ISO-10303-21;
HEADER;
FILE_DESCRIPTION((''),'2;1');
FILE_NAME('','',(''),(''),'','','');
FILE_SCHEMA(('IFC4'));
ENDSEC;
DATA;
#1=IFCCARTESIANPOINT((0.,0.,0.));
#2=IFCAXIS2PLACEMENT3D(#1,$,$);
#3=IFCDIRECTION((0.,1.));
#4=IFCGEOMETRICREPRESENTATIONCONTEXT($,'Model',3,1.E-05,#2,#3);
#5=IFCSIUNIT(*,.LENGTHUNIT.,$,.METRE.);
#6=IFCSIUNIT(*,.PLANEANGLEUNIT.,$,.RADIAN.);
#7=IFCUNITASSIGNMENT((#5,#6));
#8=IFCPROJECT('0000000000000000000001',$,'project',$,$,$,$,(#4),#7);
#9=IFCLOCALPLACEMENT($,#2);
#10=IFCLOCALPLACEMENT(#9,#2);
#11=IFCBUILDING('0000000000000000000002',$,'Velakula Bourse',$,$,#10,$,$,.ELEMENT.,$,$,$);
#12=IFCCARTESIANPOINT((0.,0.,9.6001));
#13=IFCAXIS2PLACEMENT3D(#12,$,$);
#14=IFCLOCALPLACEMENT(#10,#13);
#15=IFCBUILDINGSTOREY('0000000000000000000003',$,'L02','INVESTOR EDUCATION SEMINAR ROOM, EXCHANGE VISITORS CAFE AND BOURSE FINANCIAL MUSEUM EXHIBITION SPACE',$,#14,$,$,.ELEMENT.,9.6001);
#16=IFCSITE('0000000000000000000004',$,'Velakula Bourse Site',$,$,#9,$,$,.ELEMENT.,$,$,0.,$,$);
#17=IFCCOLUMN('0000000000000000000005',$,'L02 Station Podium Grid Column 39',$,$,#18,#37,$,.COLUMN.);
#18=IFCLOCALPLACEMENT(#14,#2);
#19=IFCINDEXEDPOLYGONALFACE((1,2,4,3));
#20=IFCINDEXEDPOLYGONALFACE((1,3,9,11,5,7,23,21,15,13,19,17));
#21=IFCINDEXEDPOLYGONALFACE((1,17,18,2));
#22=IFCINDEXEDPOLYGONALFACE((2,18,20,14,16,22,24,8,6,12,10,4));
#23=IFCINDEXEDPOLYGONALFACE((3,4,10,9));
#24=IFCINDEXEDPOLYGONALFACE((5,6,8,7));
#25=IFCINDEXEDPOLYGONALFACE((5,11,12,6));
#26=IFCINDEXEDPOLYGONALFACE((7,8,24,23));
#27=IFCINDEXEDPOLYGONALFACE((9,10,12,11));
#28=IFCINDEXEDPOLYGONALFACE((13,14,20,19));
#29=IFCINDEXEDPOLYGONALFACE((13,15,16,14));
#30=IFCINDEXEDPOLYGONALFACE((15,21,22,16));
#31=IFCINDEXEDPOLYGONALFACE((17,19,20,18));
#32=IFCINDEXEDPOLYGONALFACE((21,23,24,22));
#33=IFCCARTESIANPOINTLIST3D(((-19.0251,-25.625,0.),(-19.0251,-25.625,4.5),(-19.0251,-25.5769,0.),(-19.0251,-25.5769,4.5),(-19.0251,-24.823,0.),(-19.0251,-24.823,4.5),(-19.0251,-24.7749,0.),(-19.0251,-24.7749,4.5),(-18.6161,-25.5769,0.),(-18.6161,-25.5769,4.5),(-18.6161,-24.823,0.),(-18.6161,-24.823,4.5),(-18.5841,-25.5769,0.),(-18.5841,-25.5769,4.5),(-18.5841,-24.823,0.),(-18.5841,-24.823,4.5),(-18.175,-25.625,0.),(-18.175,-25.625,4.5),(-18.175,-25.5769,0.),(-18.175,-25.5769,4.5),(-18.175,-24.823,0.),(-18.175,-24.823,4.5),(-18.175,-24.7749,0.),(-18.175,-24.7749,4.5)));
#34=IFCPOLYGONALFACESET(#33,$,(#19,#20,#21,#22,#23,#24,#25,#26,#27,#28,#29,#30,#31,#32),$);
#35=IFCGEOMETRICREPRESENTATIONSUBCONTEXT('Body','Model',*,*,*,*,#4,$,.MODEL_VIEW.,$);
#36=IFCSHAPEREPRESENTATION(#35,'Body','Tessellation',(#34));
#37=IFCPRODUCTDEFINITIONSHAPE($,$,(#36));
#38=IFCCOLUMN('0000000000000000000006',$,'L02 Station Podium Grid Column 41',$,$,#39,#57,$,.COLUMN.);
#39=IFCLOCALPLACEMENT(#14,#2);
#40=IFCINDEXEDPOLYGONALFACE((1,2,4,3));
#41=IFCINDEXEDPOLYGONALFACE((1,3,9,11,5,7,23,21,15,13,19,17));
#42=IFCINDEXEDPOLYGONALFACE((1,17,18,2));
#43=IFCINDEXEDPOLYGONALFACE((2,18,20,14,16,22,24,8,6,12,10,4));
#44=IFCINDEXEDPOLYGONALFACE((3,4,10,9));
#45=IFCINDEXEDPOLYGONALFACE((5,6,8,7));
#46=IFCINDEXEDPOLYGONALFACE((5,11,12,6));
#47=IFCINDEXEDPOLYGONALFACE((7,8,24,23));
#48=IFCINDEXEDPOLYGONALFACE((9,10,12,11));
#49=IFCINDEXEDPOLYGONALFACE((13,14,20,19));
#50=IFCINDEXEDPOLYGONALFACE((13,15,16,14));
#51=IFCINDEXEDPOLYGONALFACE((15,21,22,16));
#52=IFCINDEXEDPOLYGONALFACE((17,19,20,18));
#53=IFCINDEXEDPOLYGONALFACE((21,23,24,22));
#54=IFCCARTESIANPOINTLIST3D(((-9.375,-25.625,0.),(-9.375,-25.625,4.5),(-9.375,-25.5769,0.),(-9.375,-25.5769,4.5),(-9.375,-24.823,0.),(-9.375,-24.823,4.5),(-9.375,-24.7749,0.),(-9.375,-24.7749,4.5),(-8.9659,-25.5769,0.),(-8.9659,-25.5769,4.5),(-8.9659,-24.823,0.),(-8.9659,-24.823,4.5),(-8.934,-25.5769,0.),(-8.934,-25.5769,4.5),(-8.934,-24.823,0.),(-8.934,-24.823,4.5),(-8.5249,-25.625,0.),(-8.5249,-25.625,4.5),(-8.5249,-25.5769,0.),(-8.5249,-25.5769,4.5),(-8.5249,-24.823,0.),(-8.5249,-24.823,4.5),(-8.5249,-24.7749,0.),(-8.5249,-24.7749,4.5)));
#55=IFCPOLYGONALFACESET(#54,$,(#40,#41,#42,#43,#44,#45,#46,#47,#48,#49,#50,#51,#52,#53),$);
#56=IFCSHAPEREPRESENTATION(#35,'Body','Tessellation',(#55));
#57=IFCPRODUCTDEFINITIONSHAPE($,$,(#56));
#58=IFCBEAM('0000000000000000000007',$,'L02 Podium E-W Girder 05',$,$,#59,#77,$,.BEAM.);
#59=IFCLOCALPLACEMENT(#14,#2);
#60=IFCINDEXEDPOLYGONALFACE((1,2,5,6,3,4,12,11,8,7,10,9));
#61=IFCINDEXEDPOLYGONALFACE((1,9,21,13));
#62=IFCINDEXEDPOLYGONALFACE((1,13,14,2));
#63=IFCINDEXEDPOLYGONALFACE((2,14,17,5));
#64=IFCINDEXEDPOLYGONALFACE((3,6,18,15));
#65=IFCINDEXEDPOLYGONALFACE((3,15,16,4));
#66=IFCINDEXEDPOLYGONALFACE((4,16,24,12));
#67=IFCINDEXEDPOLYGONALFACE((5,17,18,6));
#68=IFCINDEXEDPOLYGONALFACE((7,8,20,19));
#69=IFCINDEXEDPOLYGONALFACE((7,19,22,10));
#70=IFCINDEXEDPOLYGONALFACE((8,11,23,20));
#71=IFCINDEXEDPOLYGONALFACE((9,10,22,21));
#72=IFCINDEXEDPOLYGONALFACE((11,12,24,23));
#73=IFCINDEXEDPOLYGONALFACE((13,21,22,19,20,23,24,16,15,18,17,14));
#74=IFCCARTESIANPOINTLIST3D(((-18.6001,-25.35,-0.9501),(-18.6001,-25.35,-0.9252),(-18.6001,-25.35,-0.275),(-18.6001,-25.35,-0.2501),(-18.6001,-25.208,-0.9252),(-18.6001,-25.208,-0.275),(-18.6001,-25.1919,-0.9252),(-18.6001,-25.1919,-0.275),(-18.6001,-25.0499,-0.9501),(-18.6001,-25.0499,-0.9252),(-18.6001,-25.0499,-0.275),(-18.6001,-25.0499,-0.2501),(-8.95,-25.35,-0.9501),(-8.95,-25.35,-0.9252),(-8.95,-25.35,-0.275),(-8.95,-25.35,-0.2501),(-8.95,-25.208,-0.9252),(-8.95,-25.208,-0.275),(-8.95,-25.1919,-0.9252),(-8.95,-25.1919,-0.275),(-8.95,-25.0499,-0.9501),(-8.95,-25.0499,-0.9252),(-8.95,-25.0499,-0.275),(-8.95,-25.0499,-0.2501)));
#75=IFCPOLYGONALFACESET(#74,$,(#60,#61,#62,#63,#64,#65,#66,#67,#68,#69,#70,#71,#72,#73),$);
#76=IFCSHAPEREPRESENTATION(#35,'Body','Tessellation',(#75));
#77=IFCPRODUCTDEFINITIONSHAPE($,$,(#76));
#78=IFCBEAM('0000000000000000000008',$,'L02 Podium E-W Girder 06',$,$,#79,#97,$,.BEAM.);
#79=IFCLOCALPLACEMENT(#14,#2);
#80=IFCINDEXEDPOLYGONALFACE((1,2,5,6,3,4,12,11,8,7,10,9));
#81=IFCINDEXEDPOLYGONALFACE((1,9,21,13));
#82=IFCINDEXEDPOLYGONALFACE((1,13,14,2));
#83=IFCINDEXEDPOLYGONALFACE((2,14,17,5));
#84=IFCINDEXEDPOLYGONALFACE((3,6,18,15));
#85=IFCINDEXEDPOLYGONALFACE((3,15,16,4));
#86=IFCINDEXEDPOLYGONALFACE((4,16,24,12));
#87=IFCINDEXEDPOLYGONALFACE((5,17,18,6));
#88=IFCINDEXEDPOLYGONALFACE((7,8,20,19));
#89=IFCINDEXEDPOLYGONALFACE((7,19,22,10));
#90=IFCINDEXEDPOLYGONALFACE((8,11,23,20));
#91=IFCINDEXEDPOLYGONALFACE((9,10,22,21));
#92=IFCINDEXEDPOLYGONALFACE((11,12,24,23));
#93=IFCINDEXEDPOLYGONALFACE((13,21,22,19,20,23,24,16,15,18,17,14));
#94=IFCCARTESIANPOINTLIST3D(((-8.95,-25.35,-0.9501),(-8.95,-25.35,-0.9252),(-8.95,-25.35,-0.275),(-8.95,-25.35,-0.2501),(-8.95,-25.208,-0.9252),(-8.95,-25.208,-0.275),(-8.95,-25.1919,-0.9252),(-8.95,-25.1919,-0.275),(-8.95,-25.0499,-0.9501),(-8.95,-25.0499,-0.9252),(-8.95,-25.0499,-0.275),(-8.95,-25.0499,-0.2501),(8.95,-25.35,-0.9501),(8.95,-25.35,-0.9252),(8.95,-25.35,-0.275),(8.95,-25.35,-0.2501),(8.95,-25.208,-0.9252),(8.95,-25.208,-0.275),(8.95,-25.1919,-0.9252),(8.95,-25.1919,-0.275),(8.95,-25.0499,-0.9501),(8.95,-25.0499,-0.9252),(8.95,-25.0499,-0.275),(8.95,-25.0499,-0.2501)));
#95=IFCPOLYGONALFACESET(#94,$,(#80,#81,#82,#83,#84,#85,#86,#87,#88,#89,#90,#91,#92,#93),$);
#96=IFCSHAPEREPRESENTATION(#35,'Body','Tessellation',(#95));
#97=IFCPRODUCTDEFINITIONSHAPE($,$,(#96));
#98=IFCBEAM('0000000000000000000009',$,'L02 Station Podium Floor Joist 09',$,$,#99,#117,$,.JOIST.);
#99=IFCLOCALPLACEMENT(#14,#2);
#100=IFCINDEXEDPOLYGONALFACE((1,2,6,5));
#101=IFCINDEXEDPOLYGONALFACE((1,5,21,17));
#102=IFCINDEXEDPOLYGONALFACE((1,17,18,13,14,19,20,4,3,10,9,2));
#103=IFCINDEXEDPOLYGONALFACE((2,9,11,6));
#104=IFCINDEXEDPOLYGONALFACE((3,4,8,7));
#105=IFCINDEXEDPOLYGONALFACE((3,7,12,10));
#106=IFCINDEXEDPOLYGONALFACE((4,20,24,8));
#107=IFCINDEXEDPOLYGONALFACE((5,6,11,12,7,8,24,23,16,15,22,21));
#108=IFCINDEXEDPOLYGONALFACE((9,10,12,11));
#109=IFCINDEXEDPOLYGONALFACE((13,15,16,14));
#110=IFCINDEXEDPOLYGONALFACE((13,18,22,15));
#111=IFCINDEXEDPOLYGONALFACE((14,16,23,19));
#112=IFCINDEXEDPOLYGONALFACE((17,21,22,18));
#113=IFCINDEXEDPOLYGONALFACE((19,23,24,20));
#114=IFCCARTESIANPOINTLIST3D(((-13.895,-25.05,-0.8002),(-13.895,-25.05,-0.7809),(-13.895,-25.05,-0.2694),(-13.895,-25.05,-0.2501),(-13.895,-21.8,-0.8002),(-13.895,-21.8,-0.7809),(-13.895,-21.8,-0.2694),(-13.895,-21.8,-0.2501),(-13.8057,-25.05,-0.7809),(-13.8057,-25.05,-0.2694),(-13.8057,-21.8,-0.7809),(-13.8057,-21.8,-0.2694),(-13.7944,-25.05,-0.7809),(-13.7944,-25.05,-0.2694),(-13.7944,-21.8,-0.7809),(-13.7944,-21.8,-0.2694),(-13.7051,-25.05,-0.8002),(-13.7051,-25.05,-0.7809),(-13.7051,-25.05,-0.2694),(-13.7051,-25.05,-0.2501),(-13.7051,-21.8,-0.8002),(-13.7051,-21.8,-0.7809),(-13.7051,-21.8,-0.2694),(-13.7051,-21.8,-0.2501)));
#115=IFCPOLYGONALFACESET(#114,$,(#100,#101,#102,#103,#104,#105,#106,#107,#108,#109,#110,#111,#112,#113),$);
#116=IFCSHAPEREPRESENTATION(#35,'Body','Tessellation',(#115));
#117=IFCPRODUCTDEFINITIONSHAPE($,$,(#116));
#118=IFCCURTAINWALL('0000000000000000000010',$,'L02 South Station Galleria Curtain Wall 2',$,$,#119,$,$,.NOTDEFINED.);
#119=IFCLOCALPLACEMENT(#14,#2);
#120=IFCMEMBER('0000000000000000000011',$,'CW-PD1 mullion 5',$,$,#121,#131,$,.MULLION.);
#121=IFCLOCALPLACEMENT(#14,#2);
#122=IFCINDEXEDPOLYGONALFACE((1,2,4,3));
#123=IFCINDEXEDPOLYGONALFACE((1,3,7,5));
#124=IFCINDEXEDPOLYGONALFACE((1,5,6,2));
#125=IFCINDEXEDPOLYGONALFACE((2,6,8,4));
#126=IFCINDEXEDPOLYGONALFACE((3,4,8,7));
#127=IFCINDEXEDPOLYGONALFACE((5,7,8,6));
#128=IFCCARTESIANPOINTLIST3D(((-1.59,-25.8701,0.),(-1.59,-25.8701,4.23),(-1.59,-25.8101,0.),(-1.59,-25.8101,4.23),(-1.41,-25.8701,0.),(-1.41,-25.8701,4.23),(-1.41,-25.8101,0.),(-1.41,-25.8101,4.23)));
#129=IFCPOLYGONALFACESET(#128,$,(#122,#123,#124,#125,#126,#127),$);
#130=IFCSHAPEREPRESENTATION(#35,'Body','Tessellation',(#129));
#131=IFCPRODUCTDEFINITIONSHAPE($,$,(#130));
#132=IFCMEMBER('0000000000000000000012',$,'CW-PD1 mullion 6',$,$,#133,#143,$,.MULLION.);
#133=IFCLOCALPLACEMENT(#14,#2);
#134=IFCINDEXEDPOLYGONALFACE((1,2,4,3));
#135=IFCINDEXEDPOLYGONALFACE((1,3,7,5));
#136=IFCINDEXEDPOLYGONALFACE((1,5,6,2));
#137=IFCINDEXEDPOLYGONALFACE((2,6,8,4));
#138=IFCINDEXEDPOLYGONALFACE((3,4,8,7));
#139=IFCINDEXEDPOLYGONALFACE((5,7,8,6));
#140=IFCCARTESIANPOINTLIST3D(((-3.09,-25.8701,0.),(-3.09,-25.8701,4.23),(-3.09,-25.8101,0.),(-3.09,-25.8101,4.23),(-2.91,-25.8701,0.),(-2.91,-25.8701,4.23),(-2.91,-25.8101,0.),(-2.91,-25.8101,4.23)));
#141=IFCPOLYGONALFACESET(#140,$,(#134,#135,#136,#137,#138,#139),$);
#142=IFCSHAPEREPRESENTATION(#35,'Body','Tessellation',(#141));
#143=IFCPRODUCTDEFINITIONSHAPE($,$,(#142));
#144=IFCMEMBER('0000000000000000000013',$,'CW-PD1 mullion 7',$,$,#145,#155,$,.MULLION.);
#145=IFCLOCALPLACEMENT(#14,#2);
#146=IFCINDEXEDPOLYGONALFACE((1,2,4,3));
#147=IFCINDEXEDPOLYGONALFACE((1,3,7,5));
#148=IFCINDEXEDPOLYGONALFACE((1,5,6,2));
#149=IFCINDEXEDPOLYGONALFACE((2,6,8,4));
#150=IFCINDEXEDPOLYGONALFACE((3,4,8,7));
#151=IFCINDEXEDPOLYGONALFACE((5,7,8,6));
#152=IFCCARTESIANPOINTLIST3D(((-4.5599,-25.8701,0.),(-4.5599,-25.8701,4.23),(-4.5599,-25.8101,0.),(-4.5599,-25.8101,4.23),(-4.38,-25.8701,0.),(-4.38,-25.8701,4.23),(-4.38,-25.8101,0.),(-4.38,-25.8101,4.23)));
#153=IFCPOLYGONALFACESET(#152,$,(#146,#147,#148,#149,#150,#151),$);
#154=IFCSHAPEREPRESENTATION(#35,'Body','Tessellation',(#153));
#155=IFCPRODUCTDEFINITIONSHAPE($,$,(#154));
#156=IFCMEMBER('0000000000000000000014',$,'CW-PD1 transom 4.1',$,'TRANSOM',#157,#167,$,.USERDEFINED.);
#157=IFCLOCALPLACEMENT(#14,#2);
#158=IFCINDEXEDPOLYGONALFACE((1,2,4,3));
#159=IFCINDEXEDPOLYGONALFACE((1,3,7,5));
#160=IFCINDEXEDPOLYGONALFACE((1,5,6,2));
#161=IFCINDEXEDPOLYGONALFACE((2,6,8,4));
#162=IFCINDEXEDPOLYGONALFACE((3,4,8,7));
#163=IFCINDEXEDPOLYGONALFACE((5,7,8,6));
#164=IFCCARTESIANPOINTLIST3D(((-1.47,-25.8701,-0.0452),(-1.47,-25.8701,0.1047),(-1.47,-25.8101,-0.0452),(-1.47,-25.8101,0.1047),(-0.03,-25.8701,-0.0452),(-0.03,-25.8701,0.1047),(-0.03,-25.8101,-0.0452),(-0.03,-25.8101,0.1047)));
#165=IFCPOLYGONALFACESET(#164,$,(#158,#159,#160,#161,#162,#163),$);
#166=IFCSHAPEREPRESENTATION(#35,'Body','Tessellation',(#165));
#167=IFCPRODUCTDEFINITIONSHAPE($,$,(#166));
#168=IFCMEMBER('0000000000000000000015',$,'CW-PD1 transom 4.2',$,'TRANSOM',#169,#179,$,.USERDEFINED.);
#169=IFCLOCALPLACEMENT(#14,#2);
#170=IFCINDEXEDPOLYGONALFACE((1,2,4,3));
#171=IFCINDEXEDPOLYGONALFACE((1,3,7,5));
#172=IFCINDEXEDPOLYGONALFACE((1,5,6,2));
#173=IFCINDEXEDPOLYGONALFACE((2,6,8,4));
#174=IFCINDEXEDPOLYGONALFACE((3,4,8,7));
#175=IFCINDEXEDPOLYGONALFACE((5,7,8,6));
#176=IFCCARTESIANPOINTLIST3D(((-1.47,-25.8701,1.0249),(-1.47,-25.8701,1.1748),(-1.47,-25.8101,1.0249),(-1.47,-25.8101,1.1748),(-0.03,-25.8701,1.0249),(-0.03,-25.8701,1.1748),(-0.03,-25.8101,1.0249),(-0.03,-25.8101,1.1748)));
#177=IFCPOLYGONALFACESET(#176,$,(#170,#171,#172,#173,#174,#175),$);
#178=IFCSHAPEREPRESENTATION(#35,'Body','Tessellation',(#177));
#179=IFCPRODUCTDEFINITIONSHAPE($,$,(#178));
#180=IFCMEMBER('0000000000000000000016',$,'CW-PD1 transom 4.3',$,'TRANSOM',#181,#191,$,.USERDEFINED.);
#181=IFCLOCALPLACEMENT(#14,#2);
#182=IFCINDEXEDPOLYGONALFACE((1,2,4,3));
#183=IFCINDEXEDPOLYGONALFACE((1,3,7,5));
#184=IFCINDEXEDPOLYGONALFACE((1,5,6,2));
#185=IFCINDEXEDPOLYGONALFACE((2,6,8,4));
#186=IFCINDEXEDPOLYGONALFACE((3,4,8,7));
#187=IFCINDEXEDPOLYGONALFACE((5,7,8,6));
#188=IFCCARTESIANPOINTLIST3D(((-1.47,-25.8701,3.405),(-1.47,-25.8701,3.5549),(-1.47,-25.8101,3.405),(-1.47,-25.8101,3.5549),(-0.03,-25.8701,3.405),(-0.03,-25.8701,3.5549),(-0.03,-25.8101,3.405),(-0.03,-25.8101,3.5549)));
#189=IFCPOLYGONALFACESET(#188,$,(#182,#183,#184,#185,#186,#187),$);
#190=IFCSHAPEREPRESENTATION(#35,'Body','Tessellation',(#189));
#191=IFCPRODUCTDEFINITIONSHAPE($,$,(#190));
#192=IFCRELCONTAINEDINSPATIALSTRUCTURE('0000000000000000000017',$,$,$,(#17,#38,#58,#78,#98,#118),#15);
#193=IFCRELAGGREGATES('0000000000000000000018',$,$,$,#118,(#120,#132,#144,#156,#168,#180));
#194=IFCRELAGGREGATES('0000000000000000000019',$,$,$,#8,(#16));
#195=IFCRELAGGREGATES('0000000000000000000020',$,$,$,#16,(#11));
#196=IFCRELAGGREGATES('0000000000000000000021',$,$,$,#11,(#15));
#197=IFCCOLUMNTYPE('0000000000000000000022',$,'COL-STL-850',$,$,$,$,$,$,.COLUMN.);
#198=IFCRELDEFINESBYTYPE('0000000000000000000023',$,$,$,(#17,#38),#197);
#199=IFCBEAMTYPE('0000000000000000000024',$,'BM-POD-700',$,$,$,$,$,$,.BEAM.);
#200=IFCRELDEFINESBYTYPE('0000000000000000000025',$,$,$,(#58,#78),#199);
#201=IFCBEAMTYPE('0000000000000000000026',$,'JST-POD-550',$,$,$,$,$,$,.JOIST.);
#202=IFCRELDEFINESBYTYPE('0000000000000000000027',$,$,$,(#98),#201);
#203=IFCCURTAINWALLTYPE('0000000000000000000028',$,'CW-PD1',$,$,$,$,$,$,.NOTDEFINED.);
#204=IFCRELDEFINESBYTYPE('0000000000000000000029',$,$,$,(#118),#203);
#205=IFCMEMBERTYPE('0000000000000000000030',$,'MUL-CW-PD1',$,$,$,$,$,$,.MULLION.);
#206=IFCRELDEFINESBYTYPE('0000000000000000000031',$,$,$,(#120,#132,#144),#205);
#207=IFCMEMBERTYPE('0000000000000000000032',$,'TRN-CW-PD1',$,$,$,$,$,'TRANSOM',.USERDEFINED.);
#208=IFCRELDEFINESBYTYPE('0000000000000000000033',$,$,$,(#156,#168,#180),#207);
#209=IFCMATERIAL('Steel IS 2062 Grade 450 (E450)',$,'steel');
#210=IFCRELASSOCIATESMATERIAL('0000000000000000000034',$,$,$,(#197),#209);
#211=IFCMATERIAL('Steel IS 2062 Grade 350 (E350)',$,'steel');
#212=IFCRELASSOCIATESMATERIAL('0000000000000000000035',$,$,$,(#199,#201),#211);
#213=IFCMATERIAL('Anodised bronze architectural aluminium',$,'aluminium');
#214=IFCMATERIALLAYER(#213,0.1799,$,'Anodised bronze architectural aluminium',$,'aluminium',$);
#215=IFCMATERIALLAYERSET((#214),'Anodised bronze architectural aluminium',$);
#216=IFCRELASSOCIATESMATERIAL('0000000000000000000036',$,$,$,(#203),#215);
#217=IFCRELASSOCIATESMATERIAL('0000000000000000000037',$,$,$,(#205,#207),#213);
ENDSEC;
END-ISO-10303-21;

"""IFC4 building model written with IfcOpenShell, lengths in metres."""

from ifc_helpers import new_model, si_unit, direction, frame, origin, origin_2d, place, context, subcontext, project, spatial, rectangle, i_section, extrude, material, layer, layer_set, material_profile, profile_set, type_object, element, aggregate, save


model = new_model("IFC4")

# Units and contexts
model_context = context("Model", 3, precision=1e-05, world=origin(), true_north=direction((0.0, 1.0)))
body_context = subcontext(model_context, "Body", "Model", "MODEL_VIEW")
ifc_project = project(units=[si_unit("LENGTHUNIT", "METRE"), si_unit("PLANEANGLEUNIT", "RADIAN")], contexts=[model_context])

# Site, building, storey
site_placement = place(None, origin())
site = spatial("IfcSite", under=ifc_project, at=site_placement, Name="Velakula Bourse Site", CompositionType="ELEMENT", RefElevation=0.0)
building_placement = place(site_placement, origin())
building = spatial("IfcBuilding", under=site, at=building_placement, Name="Velakula Bourse", CompositionType="ELEMENT")
storey_placement = place(building_placement, frame((0.0, 0.0, 9.6001)))
storey = spatial("IfcBuildingStorey", under=building, at=storey_placement, Name="L02", Description="INVESTOR EDUCATION SEMINAR ROOM, EXCHANGE VISITORS CAFE AND BOURSE FINANCIAL MUSEUM EXHIBITION SPACE", CompositionType="ELEMENT", Elevation=9.6001)

# Columns
ifc_material_1 = material(Name="Steel IS 2062 Grade 450 (E450)", Category="steel")
ifc_material_profile_1 = material_profile(ifc_material_1, i_section(OverallWidth=0.8501, OverallDepth=0.8501, WebThickness=0.032, FlangeThickness=0.0481, at=origin_2d()), Name="Steel IS 2062 Grade 450 (E450)")
ifc_profile_set_1 = profile_set([ifc_material_profile_1], Name="Steel IS 2062 Grade 450 (E450)")
column_type = type_object("IfcColumnType", Name="COL-STL-850", PredefinedType="COLUMN", material=ifc_profile_set_1)
for number, where, z_axis, x_axis, name in (
    (1, (-18.6001, -25.2, 0.0), (0.0, 0.0, 1.0), (1.0, 0.0, 0.0), "L02 Station Podium Grid Column 39"),
    (2, (-8.95, -25.2, 0.0), (0.0, 0.0, 1.0), (1.0, 0.0, 0.0), "L02 Station Podium Grid Column 41"),
):
    element("IfcColumn", number, at=place(storey_placement, frame(where, z_axis=z_axis, x_axis=x_axis)), inside=storey, type_object=column_type, Name=name, PredefinedType="COLUMN", context=body_context, shape_type="SweptSolid", body=[
        extrude(i_section(OverallWidth=0.8501, OverallDepth=0.8501, WebThickness=0.032, FlangeThickness=0.0481, at=origin_2d()), origin(), (0.0, 0.0, 1.0), 4.5),
    ])

# Beams
ifc_material_2 = material(Name="Steel IS 2062 Grade 350 (E350)", Category="steel")
ifc_material_profile_2 = material_profile(ifc_material_2, i_section(OverallWidth=0.3, OverallDepth=0.7, WebThickness=0.0161, FlangeThickness=0.0249, at=origin_2d()), Name="Steel IS 2062 Grade 350 (E350)")
ifc_profile_set_2 = profile_set([ifc_material_profile_2], Name="Steel IS 2062 Grade 350 (E350)")
beam_type_1 = type_object("IfcBeamType", Name="BM-POD-700", PredefinedType="BEAM", material=ifc_profile_set_2)
beam_1_placement = place(storey_placement, frame((-18.6001, -25.2, -0.6001), z_axis=(1.0, 0.0, 0.0), x_axis=(0.0, 1.0, 0.0)))
element("IfcBeam", 3, at=beam_1_placement, inside=storey, type_object=beam_type_1, Name="L02 Podium E-W Girder 05", PredefinedType="BEAM", context=body_context, shape_type="SweptSolid", body=[
    extrude(i_section(OverallWidth=0.3, OverallDepth=0.7, WebThickness=0.0161, FlangeThickness=0.0249, at=origin_2d()), origin(), (0.0, 0.0, 1.0), 9.6501),
])
beam_2_placement = place(storey_placement, frame((-8.95, -25.2, -0.6001), z_axis=(1.0, 0.0, 0.0), x_axis=(0.0, 1.0, 0.0)))
element("IfcBeam", 4, at=beam_2_placement, inside=storey, type_object=beam_type_1, Name="L02 Podium E-W Girder 06", PredefinedType="BEAM", context=body_context, shape_type="SweptSolid", body=[
    extrude(i_section(OverallWidth=0.3, OverallDepth=0.7, WebThickness=0.0161, FlangeThickness=0.0249, at=origin_2d()), origin(), (0.0, 0.0, 1.0), 17.8999),
])
ifc_material_profile_3 = material_profile(ifc_material_2, i_section(OverallWidth=0.1899, OverallDepth=0.55, WebThickness=0.0112, FlangeThickness=0.0193, at=origin_2d()), Name="Steel IS 2062 Grade 350 (E350)")
ifc_profile_set_3 = profile_set([ifc_material_profile_3], Name="Steel IS 2062 Grade 350 (E350)")
beam_type_2 = type_object("IfcBeamType", Name="JST-POD-550", PredefinedType="JOIST", material=ifc_profile_set_3)
beam_3_placement = place(storey_placement, frame((-13.8, -25.05, -0.5251), z_axis=(0.0, 1.0, 0.0), x_axis=(-1.0, 0.0, 0.0)))
element("IfcBeam", 5, at=beam_3_placement, inside=storey, type_object=beam_type_2, Name="L02 Station Podium Floor Joist 09", PredefinedType="JOIST", context=body_context, shape_type="SweptSolid", body=[
    extrude(i_section(OverallWidth=0.1899, OverallDepth=0.55, WebThickness=0.0112, FlangeThickness=0.0193, at=origin_2d()), origin(), (0.0, 0.0, 1.0), 3.25),
])

# Curtain wall, members
ifc_material_3 = material(Name="Anodised bronze architectural aluminium", Category="aluminium")
ifc_layer_1 = layer(ifc_material_3, 0.1799, Name="Anodised bronze architectural aluminium", Category="aluminium")
ifc_layer_set_1 = layer_set([ifc_layer_1], Name="Anodised bronze architectural aluminium")
curtain_wall_type = type_object("IfcCurtainWallType", Name="CW-PD1", PredefinedType="NOTDEFINED", material=ifc_layer_set_1)
curtain_wall_placement = place(storey_placement, origin())
curtain_wall = element("IfcCurtainWall", 6, at=curtain_wall_placement, inside=storey, type_object=curtain_wall_type, Name="L02 South Station Galleria Curtain Wall 2", PredefinedType="NOTDEFINED")
ifc_material_profile_4 = material_profile(ifc_material_3, rectangle(XDim=0.0601, YDim=0.1799, at=origin_2d()), Name="Anodised bronze architectural aluminium")
ifc_profile_set_4 = profile_set([ifc_material_profile_4], Name="Anodised bronze architectural aluminium")
member_type_1 = type_object("IfcMemberType", Name="MUL-CW-PD1", PredefinedType="MULLION", material=ifc_profile_set_4)
member_1_placement = place(storey_placement, frame((-1.5, -25.8401, 0.0), z_axis=(0.0, 0.0, 1.0), x_axis=(0.0, -1.0, 0.0)))
member_1 = element("IfcMember", 7, at=member_1_placement, type_object=member_type_1, Name="CW-PD1 mullion 5", PredefinedType="MULLION", context=body_context, shape_type="SweptSolid", body=[
    extrude(rectangle(XDim=0.0601, YDim=0.1799, at=origin_2d()), origin(), (0.0, 0.0, 1.0), 4.23),
])
member_2_placement = place(storey_placement, frame((-3.0, -25.8401, 0.0), z_axis=(0.0, 0.0, 1.0), x_axis=(0.0, -1.0, 0.0)))
member_2 = element("IfcMember", 8, at=member_2_placement, type_object=member_type_1, Name="CW-PD1 mullion 6", PredefinedType="MULLION", context=body_context, shape_type="SweptSolid", body=[
    extrude(rectangle(XDim=0.0601, YDim=0.1799, at=origin_2d()), origin(), (0.0, 0.0, 1.0), 4.23),
])
member_3_placement = place(storey_placement, frame((-4.47, -25.8401, 0.0), z_axis=(0.0, 0.0, 1.0), x_axis=(0.0, -1.0, 0.0)))
member_3 = element("IfcMember", 9, at=member_3_placement, type_object=member_type_1, Name="CW-PD1 mullion 7", PredefinedType="MULLION", context=body_context, shape_type="SweptSolid", body=[
    extrude(rectangle(XDim=0.0601, YDim=0.1799, at=origin_2d()), origin(), (0.0, 0.0, 1.0), 4.23),
])
ifc_material_profile_5 = material_profile(ifc_material_3, rectangle(XDim=0.0601, YDim=0.1499, at=origin_2d()), Name="Anodised bronze architectural aluminium")
ifc_profile_set_5 = profile_set([ifc_material_profile_5], Name="Anodised bronze architectural aluminium")
member_type_2 = type_object("IfcMemberType", Name="TRN-CW-PD1", ElementType="TRANSOM", PredefinedType="USERDEFINED", material=ifc_profile_set_5)
member_4_placement = place(storey_placement, frame((-0.03, -25.8401, 0.0298), z_axis=(-1.0, 0.0, 0.0), x_axis=(0.0, -1.0, 0.0)))
member_4 = element("IfcMember", 10, at=member_4_placement, type_object=member_type_2, Name="CW-PD1 transom 4.1", ObjectType="TRANSOM", PredefinedType="USERDEFINED", context=body_context, shape_type="SweptSolid", body=[
    extrude(rectangle(XDim=0.0601, YDim=0.1499, at=origin_2d()), origin(), (0.0, 0.0, 1.0), 1.4399),
])
member_5_placement = place(storey_placement, frame((-0.03, -25.8401, 1.0999), z_axis=(-1.0, 0.0, 0.0), x_axis=(0.0, -1.0, 0.0)))
member_5 = element("IfcMember", 11, at=member_5_placement, type_object=member_type_2, Name="CW-PD1 transom 4.2", ObjectType="TRANSOM", PredefinedType="USERDEFINED", context=body_context, shape_type="SweptSolid", body=[
    extrude(rectangle(XDim=0.0601, YDim=0.1499, at=origin_2d()), origin(), (0.0, 0.0, 1.0), 1.4399),
])
member_6_placement = place(storey_placement, frame((-0.03, -25.8401, 3.48), z_axis=(-1.0, 0.0, 0.0), x_axis=(0.0, -1.0, 0.0)))
member_6 = element("IfcMember", 12, at=member_6_placement, type_object=member_type_2, Name="CW-PD1 transom 4.3", ObjectType="TRANSOM", PredefinedType="USERDEFINED", context=body_context, shape_type="SweptSolid", body=[
    extrude(rectangle(XDim=0.0601, YDim=0.1499, at=origin_2d()), origin(), (0.0, 0.0, 1.0), 1.4399),
])
aggregate(curtain_wall, [member_1, member_2, member_3, member_4, member_5, member_6])

save(model, "model.ifc")
